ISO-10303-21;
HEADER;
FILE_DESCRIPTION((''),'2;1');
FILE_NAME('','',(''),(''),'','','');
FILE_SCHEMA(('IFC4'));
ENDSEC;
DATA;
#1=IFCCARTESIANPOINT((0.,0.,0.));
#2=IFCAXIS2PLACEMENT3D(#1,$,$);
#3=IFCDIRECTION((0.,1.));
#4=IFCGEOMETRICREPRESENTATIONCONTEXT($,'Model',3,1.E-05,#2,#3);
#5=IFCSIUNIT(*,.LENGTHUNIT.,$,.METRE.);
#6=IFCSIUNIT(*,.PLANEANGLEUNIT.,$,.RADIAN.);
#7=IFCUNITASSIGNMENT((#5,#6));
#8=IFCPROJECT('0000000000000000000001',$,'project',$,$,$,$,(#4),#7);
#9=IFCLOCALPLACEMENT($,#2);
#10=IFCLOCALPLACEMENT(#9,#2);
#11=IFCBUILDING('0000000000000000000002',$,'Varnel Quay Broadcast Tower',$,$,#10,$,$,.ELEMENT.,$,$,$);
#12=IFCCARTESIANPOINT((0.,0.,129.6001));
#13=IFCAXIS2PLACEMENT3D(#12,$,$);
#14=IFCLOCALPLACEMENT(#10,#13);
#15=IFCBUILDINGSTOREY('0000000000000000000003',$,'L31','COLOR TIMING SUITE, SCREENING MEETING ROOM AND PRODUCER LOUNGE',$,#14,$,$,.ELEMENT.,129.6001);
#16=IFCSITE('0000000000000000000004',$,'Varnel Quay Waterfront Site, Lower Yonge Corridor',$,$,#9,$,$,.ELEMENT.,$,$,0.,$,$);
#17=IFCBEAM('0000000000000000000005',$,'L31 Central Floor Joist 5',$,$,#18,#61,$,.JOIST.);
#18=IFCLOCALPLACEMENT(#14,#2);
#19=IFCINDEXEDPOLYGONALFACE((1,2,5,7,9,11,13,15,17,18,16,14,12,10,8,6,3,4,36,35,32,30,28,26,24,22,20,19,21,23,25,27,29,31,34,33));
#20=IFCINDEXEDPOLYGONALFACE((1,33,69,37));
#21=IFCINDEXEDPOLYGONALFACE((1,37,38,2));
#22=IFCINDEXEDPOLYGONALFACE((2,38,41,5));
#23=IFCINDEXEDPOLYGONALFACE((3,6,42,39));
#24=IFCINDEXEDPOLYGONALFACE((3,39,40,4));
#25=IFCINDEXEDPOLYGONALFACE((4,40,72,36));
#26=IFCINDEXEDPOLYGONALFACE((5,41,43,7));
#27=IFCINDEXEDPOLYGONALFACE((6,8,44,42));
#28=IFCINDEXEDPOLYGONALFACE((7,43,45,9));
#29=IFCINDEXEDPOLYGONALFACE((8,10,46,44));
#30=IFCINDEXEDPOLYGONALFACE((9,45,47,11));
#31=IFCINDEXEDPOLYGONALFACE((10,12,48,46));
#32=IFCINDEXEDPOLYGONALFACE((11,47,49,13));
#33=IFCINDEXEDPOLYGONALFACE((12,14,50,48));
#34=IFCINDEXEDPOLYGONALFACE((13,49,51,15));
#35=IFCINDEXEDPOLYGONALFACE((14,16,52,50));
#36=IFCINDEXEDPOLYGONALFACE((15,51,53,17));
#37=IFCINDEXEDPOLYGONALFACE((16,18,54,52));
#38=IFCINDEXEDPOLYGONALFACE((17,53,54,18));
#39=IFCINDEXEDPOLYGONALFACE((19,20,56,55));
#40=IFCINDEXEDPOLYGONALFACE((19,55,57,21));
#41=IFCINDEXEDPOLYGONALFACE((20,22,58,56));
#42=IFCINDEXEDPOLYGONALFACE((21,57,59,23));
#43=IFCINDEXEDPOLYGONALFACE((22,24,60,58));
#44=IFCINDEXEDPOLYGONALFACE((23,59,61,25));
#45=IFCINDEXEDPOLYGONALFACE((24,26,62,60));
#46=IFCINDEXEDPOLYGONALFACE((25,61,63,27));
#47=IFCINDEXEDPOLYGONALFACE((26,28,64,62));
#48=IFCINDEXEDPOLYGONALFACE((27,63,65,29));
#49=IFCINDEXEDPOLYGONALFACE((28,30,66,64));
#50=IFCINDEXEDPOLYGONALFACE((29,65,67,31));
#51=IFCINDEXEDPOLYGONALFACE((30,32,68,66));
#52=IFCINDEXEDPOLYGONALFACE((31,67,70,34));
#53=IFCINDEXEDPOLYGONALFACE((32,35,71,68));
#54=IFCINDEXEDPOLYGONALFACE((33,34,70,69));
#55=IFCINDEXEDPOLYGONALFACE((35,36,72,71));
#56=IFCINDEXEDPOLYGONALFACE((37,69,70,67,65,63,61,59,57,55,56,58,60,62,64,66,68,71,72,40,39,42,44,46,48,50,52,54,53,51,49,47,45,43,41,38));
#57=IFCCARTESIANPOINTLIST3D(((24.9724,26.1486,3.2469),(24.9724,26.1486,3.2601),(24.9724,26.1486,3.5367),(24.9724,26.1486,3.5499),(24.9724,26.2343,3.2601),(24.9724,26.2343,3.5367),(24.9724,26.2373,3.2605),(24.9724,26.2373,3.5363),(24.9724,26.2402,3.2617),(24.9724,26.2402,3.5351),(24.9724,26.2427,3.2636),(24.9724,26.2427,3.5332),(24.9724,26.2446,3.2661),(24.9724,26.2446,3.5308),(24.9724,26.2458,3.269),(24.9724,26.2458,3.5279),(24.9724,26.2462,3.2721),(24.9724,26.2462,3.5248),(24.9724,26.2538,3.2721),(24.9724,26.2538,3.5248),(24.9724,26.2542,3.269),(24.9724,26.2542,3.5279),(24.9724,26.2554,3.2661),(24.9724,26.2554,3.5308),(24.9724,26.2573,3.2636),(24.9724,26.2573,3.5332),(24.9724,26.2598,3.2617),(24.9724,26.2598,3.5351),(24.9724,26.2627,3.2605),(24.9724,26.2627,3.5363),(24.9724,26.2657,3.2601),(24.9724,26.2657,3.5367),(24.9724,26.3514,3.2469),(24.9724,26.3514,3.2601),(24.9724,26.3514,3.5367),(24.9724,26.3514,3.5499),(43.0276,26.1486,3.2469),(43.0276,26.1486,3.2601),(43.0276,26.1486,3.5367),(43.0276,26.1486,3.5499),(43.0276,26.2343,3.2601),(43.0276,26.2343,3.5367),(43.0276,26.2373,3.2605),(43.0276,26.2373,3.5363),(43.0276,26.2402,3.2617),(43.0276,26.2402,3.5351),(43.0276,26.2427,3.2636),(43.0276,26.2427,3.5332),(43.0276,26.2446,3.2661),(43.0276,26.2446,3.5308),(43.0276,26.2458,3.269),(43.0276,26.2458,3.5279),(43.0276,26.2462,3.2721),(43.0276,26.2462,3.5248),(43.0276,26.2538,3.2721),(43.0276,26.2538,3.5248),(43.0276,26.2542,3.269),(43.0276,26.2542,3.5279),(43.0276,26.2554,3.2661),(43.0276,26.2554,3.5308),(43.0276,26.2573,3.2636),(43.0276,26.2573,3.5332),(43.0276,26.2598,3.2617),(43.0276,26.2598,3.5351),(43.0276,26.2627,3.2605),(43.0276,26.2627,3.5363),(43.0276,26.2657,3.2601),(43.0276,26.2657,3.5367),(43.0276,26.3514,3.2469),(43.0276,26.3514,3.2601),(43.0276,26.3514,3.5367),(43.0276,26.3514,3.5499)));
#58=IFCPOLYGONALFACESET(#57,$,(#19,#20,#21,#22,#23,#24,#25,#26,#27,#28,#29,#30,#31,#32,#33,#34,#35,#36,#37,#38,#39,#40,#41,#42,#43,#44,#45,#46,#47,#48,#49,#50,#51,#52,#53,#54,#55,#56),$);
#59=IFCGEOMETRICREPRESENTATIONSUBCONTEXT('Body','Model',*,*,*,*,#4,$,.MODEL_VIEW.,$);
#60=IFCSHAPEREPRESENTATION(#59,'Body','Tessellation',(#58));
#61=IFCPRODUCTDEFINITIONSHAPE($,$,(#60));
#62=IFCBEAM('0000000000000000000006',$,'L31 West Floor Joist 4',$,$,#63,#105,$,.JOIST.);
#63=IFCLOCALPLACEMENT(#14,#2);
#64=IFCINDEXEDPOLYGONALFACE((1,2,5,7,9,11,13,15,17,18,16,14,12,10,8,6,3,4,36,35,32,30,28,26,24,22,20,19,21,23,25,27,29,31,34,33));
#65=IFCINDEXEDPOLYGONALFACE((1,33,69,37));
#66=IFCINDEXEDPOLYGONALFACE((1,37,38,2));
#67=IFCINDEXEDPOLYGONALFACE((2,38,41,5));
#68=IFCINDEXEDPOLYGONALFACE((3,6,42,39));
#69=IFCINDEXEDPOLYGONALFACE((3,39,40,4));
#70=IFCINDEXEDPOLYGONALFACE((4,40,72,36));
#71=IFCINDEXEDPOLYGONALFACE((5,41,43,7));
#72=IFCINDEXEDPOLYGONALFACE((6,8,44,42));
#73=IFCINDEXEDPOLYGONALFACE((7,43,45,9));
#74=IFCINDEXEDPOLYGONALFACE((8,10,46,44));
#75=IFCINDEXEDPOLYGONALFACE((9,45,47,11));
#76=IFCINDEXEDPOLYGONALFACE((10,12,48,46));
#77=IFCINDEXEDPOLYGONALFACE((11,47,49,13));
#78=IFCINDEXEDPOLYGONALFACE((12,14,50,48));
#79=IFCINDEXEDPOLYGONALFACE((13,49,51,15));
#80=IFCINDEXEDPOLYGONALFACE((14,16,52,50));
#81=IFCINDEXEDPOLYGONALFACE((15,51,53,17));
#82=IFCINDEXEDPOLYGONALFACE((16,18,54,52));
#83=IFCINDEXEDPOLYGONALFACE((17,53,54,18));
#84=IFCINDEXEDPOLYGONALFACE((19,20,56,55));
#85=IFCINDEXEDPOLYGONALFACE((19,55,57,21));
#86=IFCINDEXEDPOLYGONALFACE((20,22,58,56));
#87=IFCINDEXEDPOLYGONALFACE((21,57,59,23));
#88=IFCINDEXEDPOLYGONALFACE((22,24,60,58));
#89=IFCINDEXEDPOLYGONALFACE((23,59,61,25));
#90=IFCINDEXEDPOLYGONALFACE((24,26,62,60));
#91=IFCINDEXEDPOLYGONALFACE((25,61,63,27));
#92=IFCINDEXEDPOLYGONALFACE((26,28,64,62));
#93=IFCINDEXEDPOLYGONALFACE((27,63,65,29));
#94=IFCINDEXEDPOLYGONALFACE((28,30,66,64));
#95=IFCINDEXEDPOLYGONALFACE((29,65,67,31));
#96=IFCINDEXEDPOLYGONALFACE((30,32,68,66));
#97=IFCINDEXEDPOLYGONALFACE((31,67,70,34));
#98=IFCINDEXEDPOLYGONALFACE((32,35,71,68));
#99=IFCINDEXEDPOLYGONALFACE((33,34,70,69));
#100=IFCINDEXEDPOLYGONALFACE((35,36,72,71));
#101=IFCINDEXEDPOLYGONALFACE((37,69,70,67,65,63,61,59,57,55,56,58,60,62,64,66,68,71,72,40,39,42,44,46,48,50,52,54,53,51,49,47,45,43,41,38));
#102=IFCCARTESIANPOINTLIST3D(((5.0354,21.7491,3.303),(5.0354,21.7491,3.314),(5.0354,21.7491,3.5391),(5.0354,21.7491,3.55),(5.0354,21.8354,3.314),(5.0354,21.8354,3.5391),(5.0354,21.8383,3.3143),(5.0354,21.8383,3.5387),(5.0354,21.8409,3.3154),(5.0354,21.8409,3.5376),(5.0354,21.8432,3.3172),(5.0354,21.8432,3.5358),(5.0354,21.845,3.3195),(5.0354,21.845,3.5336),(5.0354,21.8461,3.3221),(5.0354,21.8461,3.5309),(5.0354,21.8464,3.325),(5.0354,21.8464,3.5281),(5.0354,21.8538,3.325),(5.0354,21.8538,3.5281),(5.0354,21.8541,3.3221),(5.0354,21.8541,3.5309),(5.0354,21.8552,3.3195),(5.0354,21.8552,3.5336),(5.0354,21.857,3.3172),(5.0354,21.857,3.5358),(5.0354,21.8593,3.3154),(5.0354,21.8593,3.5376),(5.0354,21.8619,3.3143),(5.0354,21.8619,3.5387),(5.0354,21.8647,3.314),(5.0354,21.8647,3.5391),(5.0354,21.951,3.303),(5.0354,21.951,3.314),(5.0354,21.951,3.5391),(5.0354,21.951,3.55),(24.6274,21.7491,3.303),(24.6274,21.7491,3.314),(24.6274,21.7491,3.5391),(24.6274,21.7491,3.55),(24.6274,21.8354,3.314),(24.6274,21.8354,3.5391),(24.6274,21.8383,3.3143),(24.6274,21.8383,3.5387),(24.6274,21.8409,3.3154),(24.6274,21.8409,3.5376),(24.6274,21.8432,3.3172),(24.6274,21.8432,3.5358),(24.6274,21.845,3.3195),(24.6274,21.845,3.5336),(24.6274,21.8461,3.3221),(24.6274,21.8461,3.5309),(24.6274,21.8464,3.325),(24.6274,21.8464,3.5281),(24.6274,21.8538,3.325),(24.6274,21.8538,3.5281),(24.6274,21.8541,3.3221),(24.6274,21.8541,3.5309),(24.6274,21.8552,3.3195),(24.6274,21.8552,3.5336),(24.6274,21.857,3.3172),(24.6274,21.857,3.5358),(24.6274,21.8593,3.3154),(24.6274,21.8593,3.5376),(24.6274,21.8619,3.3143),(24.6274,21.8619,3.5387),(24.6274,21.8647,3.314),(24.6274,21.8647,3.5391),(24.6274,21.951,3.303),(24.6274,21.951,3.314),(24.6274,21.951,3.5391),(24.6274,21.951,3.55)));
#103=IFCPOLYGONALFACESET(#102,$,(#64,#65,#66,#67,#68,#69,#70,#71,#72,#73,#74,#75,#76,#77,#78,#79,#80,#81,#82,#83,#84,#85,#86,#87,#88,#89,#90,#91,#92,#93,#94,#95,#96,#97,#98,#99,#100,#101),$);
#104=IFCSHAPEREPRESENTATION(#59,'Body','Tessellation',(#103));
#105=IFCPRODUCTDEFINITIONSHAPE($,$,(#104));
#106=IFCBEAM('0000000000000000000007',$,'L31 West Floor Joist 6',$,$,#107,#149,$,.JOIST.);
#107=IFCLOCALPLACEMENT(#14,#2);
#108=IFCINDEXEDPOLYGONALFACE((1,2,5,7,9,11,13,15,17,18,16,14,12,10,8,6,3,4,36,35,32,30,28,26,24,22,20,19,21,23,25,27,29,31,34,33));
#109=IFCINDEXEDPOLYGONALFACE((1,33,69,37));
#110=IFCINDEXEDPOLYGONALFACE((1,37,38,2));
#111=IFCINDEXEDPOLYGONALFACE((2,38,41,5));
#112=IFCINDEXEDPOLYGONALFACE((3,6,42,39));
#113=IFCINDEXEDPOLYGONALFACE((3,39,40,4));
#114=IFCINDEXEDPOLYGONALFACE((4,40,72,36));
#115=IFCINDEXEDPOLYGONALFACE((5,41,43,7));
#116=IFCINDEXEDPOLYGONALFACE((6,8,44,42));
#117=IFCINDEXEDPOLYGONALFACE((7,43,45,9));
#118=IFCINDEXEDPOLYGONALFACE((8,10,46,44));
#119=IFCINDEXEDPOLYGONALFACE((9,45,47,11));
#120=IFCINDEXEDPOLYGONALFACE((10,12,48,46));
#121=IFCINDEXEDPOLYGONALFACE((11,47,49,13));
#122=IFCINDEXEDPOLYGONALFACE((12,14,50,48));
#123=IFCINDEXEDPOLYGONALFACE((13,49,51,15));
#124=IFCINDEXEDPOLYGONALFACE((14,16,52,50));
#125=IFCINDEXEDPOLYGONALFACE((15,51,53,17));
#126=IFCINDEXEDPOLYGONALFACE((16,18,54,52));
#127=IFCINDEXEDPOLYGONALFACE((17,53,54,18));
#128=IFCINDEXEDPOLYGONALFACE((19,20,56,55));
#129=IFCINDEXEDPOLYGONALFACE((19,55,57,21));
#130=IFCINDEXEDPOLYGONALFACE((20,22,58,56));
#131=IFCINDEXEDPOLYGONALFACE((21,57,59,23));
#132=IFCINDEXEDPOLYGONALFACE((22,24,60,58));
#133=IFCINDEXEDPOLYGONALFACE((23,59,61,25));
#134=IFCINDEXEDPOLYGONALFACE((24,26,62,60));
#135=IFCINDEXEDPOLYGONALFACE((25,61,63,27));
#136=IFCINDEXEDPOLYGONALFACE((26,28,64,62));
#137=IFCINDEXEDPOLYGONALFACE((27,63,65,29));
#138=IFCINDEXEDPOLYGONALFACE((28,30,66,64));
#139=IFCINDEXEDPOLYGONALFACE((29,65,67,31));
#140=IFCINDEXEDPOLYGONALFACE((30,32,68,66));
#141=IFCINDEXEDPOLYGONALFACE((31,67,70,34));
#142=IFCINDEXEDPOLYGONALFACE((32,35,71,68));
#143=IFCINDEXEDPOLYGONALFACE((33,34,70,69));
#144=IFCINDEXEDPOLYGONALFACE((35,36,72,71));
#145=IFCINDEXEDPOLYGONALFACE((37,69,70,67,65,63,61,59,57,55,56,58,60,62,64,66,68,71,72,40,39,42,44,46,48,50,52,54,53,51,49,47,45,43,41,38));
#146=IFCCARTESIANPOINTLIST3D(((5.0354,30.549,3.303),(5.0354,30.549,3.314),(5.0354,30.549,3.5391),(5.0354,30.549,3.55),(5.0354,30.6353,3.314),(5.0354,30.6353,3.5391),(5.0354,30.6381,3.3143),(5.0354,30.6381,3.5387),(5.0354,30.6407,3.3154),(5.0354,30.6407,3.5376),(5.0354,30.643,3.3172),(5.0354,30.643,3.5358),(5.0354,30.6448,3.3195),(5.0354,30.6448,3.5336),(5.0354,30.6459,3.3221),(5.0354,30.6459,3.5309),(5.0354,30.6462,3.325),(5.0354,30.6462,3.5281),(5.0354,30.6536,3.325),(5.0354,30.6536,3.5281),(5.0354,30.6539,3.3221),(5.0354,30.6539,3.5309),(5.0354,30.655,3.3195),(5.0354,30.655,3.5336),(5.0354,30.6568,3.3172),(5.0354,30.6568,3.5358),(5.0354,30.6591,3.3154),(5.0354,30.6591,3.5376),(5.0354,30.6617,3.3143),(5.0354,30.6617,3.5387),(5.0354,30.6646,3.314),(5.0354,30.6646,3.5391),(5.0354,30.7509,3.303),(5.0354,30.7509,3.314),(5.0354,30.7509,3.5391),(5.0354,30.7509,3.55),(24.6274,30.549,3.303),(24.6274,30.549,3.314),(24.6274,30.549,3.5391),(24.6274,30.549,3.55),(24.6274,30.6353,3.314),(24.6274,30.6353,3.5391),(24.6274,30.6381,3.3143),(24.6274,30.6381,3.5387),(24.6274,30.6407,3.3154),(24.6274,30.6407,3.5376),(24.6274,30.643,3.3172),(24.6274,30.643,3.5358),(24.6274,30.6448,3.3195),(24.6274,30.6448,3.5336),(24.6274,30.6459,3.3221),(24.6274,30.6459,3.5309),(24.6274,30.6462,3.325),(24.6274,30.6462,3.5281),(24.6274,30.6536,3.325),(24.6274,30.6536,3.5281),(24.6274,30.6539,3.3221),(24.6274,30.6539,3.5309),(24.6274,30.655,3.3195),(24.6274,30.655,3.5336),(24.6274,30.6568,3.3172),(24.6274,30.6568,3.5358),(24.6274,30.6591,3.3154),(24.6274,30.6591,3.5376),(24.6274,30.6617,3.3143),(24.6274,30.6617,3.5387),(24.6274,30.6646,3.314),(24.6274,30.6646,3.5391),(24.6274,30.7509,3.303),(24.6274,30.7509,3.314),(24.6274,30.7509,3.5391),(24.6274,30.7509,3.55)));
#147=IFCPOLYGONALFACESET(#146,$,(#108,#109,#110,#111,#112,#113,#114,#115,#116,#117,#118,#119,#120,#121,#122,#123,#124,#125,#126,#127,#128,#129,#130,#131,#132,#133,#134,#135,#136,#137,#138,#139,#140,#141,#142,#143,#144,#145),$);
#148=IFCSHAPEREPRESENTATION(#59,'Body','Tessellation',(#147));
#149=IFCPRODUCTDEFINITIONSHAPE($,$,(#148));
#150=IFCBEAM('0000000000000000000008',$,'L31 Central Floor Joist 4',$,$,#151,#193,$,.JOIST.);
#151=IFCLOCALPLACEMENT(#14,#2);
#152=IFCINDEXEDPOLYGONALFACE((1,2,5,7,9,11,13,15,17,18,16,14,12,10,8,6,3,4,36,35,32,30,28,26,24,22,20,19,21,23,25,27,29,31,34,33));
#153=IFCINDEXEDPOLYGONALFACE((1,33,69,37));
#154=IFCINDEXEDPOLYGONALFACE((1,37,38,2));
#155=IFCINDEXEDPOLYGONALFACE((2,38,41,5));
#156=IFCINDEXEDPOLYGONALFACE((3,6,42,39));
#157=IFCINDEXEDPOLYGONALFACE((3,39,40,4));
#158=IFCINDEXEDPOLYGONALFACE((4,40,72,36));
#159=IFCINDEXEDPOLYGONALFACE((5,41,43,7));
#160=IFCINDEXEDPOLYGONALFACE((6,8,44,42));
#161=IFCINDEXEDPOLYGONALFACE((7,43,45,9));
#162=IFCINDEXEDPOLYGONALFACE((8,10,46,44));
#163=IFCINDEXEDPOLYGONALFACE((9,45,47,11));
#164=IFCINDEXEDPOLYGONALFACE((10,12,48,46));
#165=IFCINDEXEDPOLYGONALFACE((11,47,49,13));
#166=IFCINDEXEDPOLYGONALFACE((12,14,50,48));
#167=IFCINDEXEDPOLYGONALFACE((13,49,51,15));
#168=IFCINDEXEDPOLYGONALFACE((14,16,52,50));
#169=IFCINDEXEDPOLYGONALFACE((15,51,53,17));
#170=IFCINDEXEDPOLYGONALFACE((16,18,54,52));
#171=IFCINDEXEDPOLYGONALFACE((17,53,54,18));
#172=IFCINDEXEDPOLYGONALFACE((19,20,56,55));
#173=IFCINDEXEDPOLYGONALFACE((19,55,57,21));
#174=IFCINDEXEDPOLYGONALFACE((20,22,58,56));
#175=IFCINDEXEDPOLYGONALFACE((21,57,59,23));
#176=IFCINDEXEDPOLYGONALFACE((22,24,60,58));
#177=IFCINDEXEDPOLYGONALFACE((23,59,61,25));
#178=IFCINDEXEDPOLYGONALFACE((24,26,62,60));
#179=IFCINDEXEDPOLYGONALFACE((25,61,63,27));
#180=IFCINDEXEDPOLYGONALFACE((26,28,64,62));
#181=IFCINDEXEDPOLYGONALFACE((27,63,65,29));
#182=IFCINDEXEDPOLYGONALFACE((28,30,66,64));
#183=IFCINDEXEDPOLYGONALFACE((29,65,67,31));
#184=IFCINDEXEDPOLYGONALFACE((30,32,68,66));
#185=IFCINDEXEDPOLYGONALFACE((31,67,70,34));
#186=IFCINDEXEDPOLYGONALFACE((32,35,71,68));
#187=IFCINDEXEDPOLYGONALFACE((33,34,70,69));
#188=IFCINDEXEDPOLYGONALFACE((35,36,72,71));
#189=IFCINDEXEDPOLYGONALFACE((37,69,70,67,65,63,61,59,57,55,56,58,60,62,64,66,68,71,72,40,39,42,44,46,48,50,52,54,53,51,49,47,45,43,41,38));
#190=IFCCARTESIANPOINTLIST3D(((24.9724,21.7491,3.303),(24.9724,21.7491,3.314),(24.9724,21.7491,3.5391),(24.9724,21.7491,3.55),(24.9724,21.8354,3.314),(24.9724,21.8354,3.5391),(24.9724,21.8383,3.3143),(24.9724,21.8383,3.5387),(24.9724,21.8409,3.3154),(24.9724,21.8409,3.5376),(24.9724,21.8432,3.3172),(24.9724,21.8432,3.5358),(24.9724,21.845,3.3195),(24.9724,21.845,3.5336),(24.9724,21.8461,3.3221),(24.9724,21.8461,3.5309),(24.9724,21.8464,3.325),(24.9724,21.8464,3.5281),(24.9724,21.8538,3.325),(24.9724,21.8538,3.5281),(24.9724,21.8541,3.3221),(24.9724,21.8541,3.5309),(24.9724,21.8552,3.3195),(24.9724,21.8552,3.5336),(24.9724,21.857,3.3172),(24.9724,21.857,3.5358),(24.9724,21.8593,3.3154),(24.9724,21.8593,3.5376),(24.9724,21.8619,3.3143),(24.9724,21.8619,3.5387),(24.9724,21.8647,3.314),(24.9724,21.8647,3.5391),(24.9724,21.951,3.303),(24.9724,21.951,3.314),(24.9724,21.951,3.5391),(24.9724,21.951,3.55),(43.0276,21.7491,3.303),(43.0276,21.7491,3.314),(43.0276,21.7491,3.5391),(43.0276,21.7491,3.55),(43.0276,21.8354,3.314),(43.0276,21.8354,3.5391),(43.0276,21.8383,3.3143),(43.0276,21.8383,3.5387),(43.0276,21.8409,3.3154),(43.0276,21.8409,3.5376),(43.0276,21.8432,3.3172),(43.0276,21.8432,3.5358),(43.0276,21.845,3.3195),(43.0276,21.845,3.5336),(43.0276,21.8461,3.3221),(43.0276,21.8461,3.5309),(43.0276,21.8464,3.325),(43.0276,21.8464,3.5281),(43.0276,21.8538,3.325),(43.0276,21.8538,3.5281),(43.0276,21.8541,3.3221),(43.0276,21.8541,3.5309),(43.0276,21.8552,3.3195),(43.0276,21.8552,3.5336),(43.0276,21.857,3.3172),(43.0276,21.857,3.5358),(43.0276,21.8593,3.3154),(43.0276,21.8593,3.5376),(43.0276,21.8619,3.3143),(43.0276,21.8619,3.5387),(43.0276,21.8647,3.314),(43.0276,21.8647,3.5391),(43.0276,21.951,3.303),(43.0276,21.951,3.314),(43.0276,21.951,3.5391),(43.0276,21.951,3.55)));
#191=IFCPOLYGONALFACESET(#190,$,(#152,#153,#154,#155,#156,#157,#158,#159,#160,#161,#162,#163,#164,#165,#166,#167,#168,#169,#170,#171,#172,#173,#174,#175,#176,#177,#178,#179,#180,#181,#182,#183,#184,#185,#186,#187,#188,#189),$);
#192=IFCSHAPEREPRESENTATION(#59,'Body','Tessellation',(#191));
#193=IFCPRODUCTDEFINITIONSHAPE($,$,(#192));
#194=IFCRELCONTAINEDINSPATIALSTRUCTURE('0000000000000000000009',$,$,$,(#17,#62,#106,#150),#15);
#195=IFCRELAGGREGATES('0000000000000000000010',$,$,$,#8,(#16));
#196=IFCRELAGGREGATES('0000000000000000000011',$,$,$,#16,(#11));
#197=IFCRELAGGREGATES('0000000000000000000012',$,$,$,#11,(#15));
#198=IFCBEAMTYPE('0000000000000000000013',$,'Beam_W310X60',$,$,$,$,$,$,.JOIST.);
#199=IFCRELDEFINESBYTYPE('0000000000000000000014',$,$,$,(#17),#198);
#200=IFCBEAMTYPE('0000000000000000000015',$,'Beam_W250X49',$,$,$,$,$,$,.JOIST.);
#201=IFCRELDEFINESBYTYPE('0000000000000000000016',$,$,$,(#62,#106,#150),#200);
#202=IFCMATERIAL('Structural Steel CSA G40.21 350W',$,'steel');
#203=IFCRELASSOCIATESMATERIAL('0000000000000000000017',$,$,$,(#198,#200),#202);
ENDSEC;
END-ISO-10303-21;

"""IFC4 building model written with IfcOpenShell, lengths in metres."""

from ifc_helpers import new_model, si_unit, direction, frame, origin, origin_2d, place, context, subcontext, project, spatial, i_section, extrude, source, transform, mapped, material, material_profile, profile_set, type_object, type_shapes, element, save


model = new_model("IFC4")

# Units and contexts
model_context = context("Model", 3, precision=1e-05, world=origin(), true_north=direction((0.0, 1.0)))
body_context = subcontext(model_context, "Body", "Model", "MODEL_VIEW")
ifc_project = project(units=[si_unit("LENGTHUNIT", "METRE"), si_unit("PLANEANGLEUNIT", "RADIAN")], contexts=[model_context])

# Site, building, storey
site_placement = place(None, origin())
site = spatial("IfcSite", under=ifc_project, at=site_placement, Name="Varnel Quay Waterfront Site, Lower Yonge Corridor", CompositionType="ELEMENT", RefElevation=0.0)
building_placement = place(site_placement, origin())
building = spatial("IfcBuilding", under=site, at=building_placement, Name="Varnel Quay Broadcast Tower", CompositionType="ELEMENT")
storey_placement = place(building_placement, frame((0.0, 0.0, 129.6001)))
storey = spatial("IfcBuildingStorey", under=building, at=storey_placement, Name="L31", Description="COLOR TIMING SUITE, SCREENING MEETING ROOM AND PRODUCER LOUNGE", CompositionType="ELEMENT", Elevation=129.6001)

# Shared definitions
ifc_material_1 = material(Name="Structural Steel CSA G40.21 350W", Category="steel")

# Beams
ifc_material_profile_1 = material_profile(ifc_material_1, i_section(OverallWidth=0.2029, OverallDepth=0.303, WebThickness=0.0076, FlangeThickness=0.0132, FilletRadius=0.012, at=origin_2d()), Name="W310X60")
ifc_profile_set_1 = profile_set([ifc_material_profile_1], Name="Structural Steel CSA G40.21 350W")
beam_type_1 = type_object("IfcBeamType", Name="Beam_W310X60", PredefinedType="JOIST", material=ifc_profile_set_1)
shared_shape_1 = source(origin(), body_context, "Body", "SweptSolid", [
    extrude(i_section(OverallWidth=0.2029, OverallDepth=0.303, WebThickness=0.0076, FlangeThickness=0.0132, FilletRadius=0.012, at=origin_2d()), origin(), (0.0, 0.0, 1.0), 18.0552),
])
beam_1_placement = place(storey_placement, frame((24.9724, 26.25, 3.3984), z_axis=(1.0, 0.0, 0.0), x_axis=(0.0, 1.0, 0.0)))
element("IfcBeam", 1, at=beam_1_placement, inside=storey, type_object=beam_type_1, Name="L31 Central Floor Joist 5", PredefinedType="JOIST", context=body_context, shape_type="MappedRepresentation", body=[
    mapped(shared_shape_1, transform((0.0, 0.0, 0.0), x_axis=(1.0, 0.0, 0.0), y_axis=(0.0, 1.0, 0.0), z_axis=(0.0, 0.0, 1.0), scale=1.0)),
])
ifc_material_profile_2 = material_profile(ifc_material_1, i_section(OverallWidth=0.2019, OverallDepth=0.2471, WebThickness=0.0073, FlangeThickness=0.011, FilletRadius=0.011, at=origin_2d()), Name="W250X49")
ifc_profile_set_2 = profile_set([ifc_material_profile_2], Name="Structural Steel CSA G40.21 350W")
beam_type_2 = type_object("IfcBeamType", Name="Beam_W250X49", PredefinedType="JOIST", material=ifc_profile_set_2)
shared_shape_2 = source(origin(), body_context, "Body", "SweptSolid", [
    extrude(i_section(OverallWidth=0.2019, OverallDepth=0.2471, WebThickness=0.0073, FlangeThickness=0.011, FilletRadius=0.011, at=origin_2d()), origin(), (0.0, 0.0, 1.0), 19.592),
])
for number, where, z_axis, x_axis, name in (
    (2, (5.0354, 21.8501, 3.4265), (1.0, 0.0, 0.0), (0.0, 1.0, 0.0), "L31 West Floor Joist 4"),
    (3, (5.0354, 30.6499, 3.4265), (1.0, 0.0, 0.0), (0.0, 1.0, 0.0), "L31 West Floor Joist 6"),
):
    element("IfcBeam", number, at=place(storey_placement, frame(where, z_axis=z_axis, x_axis=x_axis)), inside=storey, type_object=beam_type_2, Name=name, PredefinedType="JOIST", context=body_context, shape_type="MappedRepresentation", body=[
        mapped(shared_shape_2, transform((0.0, 0.0, 0.0), x_axis=(1.0, 0.0, 0.0), y_axis=(0.0, 1.0, 0.0), z_axis=(0.0, 0.0, 1.0), scale=1.0)),
    ])
shared_shape_3 = source(origin(), body_context, "Body", "SweptSolid", [
    extrude(i_section(OverallWidth=0.2019, OverallDepth=0.2471, WebThickness=0.0073, FlangeThickness=0.011, FilletRadius=0.011, at=origin_2d()), origin(), (0.0, 0.0, 1.0), 18.0552),
])
type_shapes(beam_type_2, [shared_shape_2, shared_shape_3])
for number, where, z_axis, x_axis, name in (
    (4, (24.9724, 21.8501, 3.4265), (1.0, 0.0, 0.0), (0.0, 1.0, 0.0), "L31 Central Floor Joist 4"),
):
    element("IfcBeam", number, at=place(storey_placement, frame(where, z_axis=z_axis, x_axis=x_axis)), inside=storey, type_object=beam_type_2, Name=name, PredefinedType="JOIST", context=body_context, shape_type="MappedRepresentation", body=[
        mapped(shared_shape_3, transform((0.0, 0.0, 0.0), x_axis=(1.0, 0.0, 0.0), y_axis=(0.0, 1.0, 0.0), z_axis=(0.0, 0.0, 1.0), scale=1.0)),
    ])

save(model, "model.ifc")
